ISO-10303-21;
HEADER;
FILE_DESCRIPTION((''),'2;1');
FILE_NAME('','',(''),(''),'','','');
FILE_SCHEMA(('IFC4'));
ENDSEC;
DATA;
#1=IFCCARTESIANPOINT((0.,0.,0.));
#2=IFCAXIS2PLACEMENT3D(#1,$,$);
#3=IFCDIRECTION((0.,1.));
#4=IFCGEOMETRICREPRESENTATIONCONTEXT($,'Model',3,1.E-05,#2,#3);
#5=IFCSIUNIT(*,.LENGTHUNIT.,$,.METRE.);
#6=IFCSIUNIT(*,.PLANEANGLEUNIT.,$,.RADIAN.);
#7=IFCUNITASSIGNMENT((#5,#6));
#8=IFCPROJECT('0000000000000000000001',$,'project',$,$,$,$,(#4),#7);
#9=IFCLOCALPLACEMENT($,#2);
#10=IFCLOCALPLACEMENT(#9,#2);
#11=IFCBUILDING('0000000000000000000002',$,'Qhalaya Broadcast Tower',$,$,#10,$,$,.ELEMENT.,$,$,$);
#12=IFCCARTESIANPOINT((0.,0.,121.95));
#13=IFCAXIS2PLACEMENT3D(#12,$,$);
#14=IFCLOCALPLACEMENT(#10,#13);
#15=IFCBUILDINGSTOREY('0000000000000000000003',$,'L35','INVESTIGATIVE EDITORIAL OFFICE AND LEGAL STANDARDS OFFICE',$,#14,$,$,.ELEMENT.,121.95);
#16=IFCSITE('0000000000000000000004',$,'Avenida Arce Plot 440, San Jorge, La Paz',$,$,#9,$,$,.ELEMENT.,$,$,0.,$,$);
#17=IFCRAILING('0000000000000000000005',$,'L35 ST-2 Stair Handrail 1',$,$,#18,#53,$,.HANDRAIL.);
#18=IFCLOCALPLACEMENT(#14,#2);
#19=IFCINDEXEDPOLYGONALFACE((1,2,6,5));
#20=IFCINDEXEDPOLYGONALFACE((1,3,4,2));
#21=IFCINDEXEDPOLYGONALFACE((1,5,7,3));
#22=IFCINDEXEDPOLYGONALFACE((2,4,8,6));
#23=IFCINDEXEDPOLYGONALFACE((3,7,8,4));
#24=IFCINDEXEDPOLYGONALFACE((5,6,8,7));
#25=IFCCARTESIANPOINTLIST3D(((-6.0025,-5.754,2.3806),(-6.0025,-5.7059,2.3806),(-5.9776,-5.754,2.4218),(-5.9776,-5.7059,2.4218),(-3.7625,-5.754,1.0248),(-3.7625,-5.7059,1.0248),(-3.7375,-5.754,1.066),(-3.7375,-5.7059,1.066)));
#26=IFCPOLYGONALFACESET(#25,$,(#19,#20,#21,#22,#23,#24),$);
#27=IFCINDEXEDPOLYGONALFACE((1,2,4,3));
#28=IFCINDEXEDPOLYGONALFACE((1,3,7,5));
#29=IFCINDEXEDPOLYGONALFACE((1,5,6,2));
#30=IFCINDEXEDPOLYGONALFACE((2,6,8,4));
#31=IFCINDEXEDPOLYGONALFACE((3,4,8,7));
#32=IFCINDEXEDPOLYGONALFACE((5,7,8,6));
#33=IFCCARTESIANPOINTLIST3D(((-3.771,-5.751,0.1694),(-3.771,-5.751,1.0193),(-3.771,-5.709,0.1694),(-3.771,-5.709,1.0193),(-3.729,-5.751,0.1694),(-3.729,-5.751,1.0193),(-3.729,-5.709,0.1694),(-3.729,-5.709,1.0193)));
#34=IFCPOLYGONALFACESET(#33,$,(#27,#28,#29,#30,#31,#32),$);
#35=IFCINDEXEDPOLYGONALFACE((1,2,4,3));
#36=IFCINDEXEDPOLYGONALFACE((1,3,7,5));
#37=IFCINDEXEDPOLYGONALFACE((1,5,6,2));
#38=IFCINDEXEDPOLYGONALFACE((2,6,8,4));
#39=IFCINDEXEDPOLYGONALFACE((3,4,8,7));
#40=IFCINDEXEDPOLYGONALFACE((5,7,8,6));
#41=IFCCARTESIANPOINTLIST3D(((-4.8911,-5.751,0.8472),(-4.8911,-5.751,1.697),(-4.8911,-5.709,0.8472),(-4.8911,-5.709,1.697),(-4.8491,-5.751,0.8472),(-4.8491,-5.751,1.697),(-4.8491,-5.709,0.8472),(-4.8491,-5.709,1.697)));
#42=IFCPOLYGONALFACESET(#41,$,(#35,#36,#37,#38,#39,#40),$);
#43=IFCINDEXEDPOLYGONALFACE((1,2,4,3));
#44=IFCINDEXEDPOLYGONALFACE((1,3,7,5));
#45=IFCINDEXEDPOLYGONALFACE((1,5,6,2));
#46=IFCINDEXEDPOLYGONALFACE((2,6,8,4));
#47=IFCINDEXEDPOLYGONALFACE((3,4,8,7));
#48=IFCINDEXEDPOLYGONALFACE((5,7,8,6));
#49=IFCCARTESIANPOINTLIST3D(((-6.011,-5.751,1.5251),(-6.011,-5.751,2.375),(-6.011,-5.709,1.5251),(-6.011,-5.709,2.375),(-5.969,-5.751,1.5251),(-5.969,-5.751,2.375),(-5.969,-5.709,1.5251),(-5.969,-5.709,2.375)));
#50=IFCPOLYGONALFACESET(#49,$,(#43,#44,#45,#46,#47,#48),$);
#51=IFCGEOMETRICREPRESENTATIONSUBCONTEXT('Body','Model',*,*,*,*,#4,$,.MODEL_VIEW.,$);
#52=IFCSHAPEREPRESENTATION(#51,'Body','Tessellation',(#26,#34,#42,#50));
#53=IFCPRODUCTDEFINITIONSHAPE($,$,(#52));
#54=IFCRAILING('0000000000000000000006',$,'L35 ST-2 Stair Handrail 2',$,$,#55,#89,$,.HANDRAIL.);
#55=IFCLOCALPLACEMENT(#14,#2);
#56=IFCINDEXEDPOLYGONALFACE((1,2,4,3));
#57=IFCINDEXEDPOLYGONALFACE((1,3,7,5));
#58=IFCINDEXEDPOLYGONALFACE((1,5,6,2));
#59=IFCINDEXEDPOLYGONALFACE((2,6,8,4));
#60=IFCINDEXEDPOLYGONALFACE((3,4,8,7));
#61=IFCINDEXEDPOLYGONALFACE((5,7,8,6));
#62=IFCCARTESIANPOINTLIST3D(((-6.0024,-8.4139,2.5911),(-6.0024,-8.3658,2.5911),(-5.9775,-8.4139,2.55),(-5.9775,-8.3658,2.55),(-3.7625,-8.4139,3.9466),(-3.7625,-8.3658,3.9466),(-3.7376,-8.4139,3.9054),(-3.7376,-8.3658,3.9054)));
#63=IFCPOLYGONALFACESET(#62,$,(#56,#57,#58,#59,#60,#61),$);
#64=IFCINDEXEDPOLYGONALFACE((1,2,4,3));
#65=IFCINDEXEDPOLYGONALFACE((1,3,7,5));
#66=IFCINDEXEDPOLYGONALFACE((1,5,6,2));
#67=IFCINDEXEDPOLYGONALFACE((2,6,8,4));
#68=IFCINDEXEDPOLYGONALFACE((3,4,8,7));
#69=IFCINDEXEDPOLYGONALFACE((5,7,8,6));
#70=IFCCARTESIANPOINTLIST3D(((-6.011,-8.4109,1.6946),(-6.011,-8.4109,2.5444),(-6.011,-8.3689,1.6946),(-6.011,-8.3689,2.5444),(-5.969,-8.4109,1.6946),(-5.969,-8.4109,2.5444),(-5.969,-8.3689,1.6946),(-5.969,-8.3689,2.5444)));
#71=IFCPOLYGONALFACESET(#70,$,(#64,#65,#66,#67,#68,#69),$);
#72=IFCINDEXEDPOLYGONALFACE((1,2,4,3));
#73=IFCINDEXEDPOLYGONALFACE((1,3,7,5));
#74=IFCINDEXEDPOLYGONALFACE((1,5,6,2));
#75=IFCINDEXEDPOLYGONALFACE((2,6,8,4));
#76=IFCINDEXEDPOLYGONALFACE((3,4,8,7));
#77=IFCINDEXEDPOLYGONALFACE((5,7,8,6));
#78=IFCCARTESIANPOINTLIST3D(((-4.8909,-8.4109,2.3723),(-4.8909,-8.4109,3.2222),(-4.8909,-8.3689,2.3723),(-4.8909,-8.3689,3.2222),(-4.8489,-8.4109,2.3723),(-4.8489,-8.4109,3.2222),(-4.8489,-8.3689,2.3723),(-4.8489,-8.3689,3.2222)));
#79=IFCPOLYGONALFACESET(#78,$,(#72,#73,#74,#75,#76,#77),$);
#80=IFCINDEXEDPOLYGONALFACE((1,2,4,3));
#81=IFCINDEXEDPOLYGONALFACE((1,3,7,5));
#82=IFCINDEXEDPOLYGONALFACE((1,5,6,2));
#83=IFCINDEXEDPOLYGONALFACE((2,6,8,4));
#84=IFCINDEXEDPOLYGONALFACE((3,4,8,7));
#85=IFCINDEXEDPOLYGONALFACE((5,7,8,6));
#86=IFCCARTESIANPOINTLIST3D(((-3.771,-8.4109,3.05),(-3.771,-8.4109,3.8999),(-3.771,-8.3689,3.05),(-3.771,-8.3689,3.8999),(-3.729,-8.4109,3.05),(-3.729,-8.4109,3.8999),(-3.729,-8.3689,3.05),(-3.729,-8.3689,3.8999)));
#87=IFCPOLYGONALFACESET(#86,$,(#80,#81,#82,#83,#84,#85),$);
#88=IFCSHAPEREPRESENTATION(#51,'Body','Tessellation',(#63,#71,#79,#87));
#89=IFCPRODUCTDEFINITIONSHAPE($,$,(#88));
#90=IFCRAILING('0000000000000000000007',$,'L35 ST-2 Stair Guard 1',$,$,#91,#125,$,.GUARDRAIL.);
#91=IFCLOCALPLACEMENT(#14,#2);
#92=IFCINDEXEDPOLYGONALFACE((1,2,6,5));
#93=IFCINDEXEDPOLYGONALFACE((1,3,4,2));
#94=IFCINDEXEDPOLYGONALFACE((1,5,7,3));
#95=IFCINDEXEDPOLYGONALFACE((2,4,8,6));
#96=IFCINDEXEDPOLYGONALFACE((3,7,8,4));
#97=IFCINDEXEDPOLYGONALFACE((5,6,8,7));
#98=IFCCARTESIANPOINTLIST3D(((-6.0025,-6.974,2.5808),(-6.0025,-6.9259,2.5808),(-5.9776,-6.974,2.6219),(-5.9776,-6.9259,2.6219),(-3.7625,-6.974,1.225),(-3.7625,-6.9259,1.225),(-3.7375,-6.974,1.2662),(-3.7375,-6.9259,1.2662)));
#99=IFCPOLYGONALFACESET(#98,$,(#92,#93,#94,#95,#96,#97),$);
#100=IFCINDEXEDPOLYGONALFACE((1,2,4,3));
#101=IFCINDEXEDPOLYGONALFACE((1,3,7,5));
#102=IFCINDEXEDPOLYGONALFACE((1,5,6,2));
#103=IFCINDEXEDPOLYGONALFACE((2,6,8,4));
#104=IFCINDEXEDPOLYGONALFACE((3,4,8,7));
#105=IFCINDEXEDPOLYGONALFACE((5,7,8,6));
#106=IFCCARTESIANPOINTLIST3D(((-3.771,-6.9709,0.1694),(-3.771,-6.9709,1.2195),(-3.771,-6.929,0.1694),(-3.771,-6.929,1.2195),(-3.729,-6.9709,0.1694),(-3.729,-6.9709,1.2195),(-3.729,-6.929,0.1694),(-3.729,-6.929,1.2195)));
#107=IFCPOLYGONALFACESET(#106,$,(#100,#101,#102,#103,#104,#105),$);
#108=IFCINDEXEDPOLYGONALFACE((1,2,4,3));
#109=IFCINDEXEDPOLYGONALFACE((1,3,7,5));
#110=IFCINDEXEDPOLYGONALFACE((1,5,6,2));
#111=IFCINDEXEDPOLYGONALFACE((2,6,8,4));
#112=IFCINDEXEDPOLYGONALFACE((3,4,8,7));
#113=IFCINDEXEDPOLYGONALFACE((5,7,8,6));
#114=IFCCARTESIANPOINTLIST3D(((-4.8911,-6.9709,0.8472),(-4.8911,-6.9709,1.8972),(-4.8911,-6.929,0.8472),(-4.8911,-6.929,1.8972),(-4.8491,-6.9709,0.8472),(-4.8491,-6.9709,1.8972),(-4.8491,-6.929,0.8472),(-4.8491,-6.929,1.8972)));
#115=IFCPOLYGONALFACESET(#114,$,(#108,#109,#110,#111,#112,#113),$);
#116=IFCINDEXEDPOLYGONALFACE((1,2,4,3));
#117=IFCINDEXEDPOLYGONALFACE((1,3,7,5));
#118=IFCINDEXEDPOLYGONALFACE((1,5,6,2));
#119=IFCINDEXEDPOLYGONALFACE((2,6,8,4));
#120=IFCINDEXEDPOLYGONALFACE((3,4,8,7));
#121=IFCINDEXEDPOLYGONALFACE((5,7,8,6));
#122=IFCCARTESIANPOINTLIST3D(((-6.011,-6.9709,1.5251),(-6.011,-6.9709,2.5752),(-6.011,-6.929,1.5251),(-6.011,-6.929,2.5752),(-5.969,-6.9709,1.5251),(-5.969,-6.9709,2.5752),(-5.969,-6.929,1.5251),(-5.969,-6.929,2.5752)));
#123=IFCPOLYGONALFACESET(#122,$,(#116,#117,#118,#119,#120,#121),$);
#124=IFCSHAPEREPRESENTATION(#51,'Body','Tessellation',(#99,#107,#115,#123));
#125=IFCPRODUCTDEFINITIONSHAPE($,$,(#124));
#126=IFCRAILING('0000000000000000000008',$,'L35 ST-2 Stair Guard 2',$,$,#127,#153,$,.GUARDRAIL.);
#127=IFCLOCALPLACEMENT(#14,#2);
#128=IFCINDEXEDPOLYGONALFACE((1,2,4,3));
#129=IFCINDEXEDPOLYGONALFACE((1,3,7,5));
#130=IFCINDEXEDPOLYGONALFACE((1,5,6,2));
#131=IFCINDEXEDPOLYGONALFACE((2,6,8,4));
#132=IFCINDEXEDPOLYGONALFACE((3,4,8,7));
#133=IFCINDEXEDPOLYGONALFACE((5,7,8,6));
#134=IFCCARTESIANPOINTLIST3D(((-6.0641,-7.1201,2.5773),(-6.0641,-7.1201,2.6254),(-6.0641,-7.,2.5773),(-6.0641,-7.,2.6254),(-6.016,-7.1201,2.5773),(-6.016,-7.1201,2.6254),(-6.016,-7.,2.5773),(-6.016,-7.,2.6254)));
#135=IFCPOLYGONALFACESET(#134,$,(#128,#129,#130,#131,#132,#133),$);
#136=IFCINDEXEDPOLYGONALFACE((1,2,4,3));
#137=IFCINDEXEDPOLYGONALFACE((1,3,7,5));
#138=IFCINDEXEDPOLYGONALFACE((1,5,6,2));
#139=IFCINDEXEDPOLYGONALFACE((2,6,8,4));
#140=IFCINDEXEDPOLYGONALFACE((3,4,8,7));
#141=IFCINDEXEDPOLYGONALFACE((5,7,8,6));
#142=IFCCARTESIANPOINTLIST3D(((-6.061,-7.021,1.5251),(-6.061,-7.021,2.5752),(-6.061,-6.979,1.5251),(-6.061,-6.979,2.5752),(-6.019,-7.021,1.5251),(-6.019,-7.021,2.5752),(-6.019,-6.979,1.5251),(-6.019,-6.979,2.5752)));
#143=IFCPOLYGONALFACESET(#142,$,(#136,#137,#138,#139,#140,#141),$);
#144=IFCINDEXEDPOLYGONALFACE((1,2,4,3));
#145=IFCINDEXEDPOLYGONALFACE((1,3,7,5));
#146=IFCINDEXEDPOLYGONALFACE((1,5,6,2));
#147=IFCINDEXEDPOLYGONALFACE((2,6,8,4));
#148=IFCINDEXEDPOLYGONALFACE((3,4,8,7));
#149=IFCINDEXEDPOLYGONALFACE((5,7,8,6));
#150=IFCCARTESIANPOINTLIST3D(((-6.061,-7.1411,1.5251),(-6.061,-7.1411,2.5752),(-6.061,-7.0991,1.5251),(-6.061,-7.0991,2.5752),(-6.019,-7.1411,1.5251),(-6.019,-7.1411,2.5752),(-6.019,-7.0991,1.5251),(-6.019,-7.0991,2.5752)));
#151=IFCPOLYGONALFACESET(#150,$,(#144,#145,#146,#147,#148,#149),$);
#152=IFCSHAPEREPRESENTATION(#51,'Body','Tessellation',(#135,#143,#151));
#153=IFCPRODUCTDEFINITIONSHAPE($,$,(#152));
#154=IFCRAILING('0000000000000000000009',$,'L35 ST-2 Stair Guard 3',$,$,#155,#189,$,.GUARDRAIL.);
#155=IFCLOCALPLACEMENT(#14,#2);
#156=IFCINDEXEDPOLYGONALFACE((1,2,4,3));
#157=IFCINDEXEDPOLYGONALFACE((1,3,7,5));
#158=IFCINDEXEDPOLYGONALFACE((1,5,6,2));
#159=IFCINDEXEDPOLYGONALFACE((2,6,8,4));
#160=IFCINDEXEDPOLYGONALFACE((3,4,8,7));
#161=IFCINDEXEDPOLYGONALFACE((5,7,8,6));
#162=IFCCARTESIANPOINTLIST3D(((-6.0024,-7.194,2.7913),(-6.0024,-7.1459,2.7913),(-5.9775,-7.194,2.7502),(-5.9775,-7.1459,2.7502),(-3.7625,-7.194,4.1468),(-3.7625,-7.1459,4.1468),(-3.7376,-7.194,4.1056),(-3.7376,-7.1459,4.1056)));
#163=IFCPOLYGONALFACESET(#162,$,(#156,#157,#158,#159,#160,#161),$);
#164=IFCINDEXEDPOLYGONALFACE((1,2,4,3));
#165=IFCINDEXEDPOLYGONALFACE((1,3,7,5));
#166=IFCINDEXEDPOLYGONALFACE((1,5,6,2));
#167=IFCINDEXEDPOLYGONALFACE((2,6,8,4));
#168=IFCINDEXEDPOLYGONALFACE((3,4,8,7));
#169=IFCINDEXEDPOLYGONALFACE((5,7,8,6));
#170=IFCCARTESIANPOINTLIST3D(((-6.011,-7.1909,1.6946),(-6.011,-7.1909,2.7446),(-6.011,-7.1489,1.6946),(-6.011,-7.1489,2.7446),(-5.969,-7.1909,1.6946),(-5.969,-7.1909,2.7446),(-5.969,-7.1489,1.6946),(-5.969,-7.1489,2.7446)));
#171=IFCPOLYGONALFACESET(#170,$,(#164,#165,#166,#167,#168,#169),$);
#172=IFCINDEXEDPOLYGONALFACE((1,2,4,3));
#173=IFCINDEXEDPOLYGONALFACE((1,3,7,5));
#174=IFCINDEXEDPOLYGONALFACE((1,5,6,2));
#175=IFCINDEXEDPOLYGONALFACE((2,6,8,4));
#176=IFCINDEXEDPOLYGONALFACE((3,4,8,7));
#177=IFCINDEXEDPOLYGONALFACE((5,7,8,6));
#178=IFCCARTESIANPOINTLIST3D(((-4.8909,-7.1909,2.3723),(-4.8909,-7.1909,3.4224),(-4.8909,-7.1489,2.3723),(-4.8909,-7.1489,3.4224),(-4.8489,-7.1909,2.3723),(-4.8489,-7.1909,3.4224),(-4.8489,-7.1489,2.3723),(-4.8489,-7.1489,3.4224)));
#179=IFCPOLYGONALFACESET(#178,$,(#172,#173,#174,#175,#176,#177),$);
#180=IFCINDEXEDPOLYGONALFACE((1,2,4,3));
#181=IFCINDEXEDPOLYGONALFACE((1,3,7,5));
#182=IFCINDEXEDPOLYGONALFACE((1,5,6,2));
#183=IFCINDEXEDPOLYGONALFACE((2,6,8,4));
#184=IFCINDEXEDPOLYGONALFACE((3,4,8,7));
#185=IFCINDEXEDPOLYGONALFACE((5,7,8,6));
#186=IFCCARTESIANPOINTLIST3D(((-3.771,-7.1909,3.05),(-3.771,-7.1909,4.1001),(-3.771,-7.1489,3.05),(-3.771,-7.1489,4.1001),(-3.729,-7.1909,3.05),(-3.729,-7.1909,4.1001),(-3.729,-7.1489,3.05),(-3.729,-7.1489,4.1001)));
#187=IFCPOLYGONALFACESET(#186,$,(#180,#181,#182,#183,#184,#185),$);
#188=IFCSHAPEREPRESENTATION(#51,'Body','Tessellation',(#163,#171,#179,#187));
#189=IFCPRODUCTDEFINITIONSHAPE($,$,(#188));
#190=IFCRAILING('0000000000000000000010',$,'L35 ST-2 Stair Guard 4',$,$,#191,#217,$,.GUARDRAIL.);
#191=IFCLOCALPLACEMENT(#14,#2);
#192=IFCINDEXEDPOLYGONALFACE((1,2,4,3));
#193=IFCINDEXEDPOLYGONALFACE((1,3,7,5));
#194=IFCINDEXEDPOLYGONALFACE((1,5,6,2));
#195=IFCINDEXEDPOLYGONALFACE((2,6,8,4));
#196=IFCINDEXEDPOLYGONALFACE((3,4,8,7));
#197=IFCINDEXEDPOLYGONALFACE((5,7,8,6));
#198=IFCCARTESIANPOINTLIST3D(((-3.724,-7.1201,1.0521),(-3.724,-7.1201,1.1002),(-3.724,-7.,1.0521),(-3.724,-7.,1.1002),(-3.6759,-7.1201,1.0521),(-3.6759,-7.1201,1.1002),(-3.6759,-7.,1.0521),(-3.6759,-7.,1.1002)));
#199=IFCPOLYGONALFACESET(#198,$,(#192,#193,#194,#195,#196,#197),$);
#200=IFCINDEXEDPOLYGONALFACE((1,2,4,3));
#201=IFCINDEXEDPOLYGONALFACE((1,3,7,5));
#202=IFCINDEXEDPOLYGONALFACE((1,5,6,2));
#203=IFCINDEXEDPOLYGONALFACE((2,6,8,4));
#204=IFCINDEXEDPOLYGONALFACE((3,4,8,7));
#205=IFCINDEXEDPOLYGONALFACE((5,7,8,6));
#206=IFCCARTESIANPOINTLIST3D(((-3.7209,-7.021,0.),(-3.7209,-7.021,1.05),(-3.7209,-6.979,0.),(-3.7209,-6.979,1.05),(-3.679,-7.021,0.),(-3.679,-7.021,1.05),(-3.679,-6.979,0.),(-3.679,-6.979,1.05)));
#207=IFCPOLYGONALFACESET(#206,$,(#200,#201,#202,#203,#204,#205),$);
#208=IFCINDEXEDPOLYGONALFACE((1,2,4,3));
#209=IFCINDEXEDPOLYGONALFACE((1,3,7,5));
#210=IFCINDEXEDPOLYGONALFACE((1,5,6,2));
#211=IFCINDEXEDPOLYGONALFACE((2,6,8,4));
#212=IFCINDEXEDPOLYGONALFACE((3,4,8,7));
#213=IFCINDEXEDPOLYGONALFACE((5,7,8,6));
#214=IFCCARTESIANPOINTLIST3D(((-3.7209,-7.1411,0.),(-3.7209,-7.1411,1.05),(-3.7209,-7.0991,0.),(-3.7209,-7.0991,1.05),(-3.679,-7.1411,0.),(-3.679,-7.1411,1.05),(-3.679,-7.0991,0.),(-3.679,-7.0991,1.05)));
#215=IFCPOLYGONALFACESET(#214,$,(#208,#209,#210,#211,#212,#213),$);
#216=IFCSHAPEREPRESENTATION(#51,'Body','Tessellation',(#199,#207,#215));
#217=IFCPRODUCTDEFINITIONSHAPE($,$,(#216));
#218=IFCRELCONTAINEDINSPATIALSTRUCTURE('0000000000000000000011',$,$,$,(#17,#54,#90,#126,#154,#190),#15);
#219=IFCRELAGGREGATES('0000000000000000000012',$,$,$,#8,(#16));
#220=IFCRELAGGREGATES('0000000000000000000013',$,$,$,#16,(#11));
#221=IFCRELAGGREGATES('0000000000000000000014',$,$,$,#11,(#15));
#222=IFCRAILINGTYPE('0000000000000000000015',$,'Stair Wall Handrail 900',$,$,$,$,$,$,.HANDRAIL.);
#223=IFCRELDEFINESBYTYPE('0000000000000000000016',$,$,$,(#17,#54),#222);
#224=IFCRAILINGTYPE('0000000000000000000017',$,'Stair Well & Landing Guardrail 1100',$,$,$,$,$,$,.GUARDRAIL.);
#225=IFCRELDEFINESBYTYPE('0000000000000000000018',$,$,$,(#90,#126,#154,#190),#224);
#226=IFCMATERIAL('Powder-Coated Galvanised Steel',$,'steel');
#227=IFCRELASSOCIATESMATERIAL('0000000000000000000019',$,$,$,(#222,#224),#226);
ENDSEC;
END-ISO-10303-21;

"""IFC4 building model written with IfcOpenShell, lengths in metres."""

from ifc_helpers import new_model, si_unit, direction, frame, origin, origin_2d, place, context, subcontext, project, spatial, rectangle, extrude, material, type_object, element, save


model = new_model("IFC4")

# Units and contexts
model_context = context("Model", 3, precision=1e-05, world=origin(), true_north=direction((0.0, 1.0)))
body_context = subcontext(model_context, "Body", "Model", "MODEL_VIEW")
ifc_project = project(units=[si_unit("LENGTHUNIT", "METRE"), si_unit("PLANEANGLEUNIT", "RADIAN")], contexts=[model_context])

# Site, building, storey
site_placement = place(None, origin())
site = spatial("IfcSite", under=ifc_project, at=site_placement, Name="Avenida Arce Plot 440, San Jorge, La Paz", CompositionType="ELEMENT", RefElevation=0.0)
building_placement = place(site_placement, origin())
building = spatial("IfcBuilding", under=site, at=building_placement, Name="Qhalaya Broadcast Tower", CompositionType="ELEMENT")
storey_placement = place(building_placement, frame((0.0, 0.0, 121.95)))
storey = spatial("IfcBuildingStorey", under=building, at=storey_placement, Name="L35", Description="INVESTIGATIVE EDITORIAL OFFICE AND LEGAL STANDARDS OFFICE", CompositionType="ELEMENT", Elevation=121.95)

# Railings
ifc_material_1 = material(Name="Powder-Coated Galvanised Steel", Category="steel")
railing_type_1 = type_object("IfcRailingType", Name="Stair Wall Handrail 900", PredefinedType="HANDRAIL", material=ifc_material_1)
railing_1_placement = place(storey_placement, frame((-3.75, -5.73, 0.1694)))
element("IfcRailing", 1, at=railing_1_placement, inside=storey, type_object=railing_type_1, Name="L35 ST-2 Stair Handrail 1", PredefinedType="HANDRAIL", context=body_context, shape_type="SweptSolid", body=[
    extrude(rectangle(XDim=0.0481, YDim=0.0481, at=origin_2d()), frame((0.0, 0.0, 0.876), z_axis=(-0.855512, 0.0, 0.517783), x_axis=(0.0, -1.0, 0.0)), (0.0, 0.0, 1.0), 2.6184),
    extrude(rectangle(XDim=0.042, YDim=0.042, at=origin_2d()), origin(), (0.0, 0.0, 1.0), 0.8499),
    extrude(rectangle(XDim=0.042, YDim=0.042, at=origin_2d()), frame((-1.1201, 0.0, 0.6777)), (0.0, 0.0, 1.0), 0.8499),
    extrude(rectangle(XDim=0.042, YDim=0.042, at=origin_2d()), frame((-2.24, 0.0, 1.3557)), (0.0, 0.0, 1.0), 0.8499),
])
railing_2_placement = place(storey_placement, frame((-5.99, -8.3899, 1.6946)))
element("IfcRailing", 2, at=railing_2_placement, inside=storey, type_object=railing_type_1, Name="L35 ST-2 Stair Handrail 2", PredefinedType="HANDRAIL", context=body_context, shape_type="SweptSolid", body=[
    extrude(rectangle(XDim=0.0481, YDim=0.0481, at=origin_2d()), frame((0.0, 0.0, 0.876), z_axis=(0.855553, 0.0, 0.517715), x_axis=(0.0, 1.0, 0.0)), (0.0, 0.0, 1.0), 2.6182),
    extrude(rectangle(XDim=0.042, YDim=0.042, at=origin_2d()), origin(), (0.0, 0.0, 1.0), 0.8499),
    extrude(rectangle(XDim=0.042, YDim=0.042, at=origin_2d()), frame((1.1201, 0.0, 0.6777)), (0.0, 0.0, 1.0), 0.8499),
    extrude(rectangle(XDim=0.042, YDim=0.042, at=origin_2d()), frame((2.24, 0.0, 1.3555)), (0.0, 0.0, 1.0), 0.8499),
])
railing_type_2 = type_object("IfcRailingType", Name="Stair Well & Landing Guardrail 1100", PredefinedType="GUARDRAIL", material=ifc_material_1)
railing_3_placement = place(storey_placement, frame((-3.75, -6.95, 0.1694)))
element("IfcRailing", 3, at=railing_3_placement, inside=storey, type_object=railing_type_2, Name="L35 ST-2 Stair Guard 1", PredefinedType="GUARDRAIL", context=body_context, shape_type="SweptSolid", body=[
    extrude(rectangle(XDim=0.0481, YDim=0.0481, at=origin_2d()), frame((0.0, 0.0, 1.0762), z_axis=(-0.855512, 0.0, 0.517783), x_axis=(0.0, -1.0, 0.0)), (0.0, 0.0, 1.0), 2.6184),
    extrude(rectangle(XDim=0.042, YDim=0.042, at=origin_2d()), origin(), (0.0, 0.0, 1.0), 1.05),
    extrude(rectangle(XDim=0.042, YDim=0.042, at=origin_2d()), frame((-1.1201, 0.0, 0.6777)), (0.0, 0.0, 1.0), 1.05),
    extrude(rectangle(XDim=0.042, YDim=0.042, at=origin_2d()), frame((-2.24, 0.0, 1.3557)), (0.0, 0.0, 1.0), 1.05),
])
railing_4_placement = place(storey_placement, frame((-6.04, -7.0, 1.5251)))
element("IfcRailing", 4, at=railing_4_placement, inside=storey, type_object=railing_type_2, Name="L35 ST-2 Stair Guard 2", PredefinedType="GUARDRAIL", context=body_context, shape_type="SweptSolid", body=[
    extrude(rectangle(XDim=0.0481, YDim=0.0481, at=origin_2d()), frame((0.0, 0.0, 1.0762), z_axis=(0.0, -1.0, 0.0), x_axis=(1.0, 0.0, 0.0)), (0.0, 0.0, 1.0), 0.1201),
    extrude(rectangle(XDim=0.042, YDim=0.042, at=origin_2d()), origin(), (0.0, 0.0, 1.0), 1.05),
    extrude(rectangle(XDim=0.042, YDim=0.042, at=origin_2d()), frame((0.0, -0.1201, 0.0)), (0.0, 0.0, 1.0), 1.05),
])
railing_5_placement = place(storey_placement, frame((-5.99, -7.1699, 1.6946)))
element("IfcRailing", 5, at=railing_5_placement, inside=storey, type_object=railing_type_2, Name="L35 ST-2 Stair Guard 3", PredefinedType="GUARDRAIL", context=body_context, shape_type="SweptSolid", body=[
    extrude(rectangle(XDim=0.0481, YDim=0.0481, at=origin_2d()), frame((0.0, 0.0, 1.0762), z_axis=(0.855553, 0.0, 0.517715), x_axis=(0.0, 1.0, 0.0)), (0.0, 0.0, 1.0), 2.6182),
    extrude(rectangle(XDim=0.042, YDim=0.042, at=origin_2d()), origin(), (0.0, 0.0, 1.0), 1.05),
    extrude(rectangle(XDim=0.042, YDim=0.042, at=origin_2d()), frame((1.1201, 0.0, 0.6777)), (0.0, 0.0, 1.0), 1.05),
    extrude(rectangle(XDim=0.042, YDim=0.042, at=origin_2d()), frame((2.24, 0.0, 1.3555)), (0.0, 0.0, 1.0), 1.05),
])
railing_6_placement = place(storey_placement, frame((-3.7, -7.0, 0.0)))
element("IfcRailing", 6, at=railing_6_placement, inside=storey, type_object=railing_type_2, Name="L35 ST-2 Stair Guard 4", PredefinedType="GUARDRAIL", context=body_context, shape_type="SweptSolid", body=[
    extrude(rectangle(XDim=0.0481, YDim=0.0481, at=origin_2d()), frame((0.0, 0.0, 1.0762), z_axis=(0.0, -1.0, 0.0), x_axis=(1.0, 0.0, 0.0)), (0.0, 0.0, 1.0), 0.1201),
    extrude(rectangle(XDim=0.042, YDim=0.042, at=origin_2d()), origin(), (0.0, 0.0, 1.0), 1.05),
    extrude(rectangle(XDim=0.042, YDim=0.042, at=origin_2d()), frame((0.0, -0.1201, 0.0)), (0.0, 0.0, 1.0), 1.05),
])

save(model, "model.ifc")
